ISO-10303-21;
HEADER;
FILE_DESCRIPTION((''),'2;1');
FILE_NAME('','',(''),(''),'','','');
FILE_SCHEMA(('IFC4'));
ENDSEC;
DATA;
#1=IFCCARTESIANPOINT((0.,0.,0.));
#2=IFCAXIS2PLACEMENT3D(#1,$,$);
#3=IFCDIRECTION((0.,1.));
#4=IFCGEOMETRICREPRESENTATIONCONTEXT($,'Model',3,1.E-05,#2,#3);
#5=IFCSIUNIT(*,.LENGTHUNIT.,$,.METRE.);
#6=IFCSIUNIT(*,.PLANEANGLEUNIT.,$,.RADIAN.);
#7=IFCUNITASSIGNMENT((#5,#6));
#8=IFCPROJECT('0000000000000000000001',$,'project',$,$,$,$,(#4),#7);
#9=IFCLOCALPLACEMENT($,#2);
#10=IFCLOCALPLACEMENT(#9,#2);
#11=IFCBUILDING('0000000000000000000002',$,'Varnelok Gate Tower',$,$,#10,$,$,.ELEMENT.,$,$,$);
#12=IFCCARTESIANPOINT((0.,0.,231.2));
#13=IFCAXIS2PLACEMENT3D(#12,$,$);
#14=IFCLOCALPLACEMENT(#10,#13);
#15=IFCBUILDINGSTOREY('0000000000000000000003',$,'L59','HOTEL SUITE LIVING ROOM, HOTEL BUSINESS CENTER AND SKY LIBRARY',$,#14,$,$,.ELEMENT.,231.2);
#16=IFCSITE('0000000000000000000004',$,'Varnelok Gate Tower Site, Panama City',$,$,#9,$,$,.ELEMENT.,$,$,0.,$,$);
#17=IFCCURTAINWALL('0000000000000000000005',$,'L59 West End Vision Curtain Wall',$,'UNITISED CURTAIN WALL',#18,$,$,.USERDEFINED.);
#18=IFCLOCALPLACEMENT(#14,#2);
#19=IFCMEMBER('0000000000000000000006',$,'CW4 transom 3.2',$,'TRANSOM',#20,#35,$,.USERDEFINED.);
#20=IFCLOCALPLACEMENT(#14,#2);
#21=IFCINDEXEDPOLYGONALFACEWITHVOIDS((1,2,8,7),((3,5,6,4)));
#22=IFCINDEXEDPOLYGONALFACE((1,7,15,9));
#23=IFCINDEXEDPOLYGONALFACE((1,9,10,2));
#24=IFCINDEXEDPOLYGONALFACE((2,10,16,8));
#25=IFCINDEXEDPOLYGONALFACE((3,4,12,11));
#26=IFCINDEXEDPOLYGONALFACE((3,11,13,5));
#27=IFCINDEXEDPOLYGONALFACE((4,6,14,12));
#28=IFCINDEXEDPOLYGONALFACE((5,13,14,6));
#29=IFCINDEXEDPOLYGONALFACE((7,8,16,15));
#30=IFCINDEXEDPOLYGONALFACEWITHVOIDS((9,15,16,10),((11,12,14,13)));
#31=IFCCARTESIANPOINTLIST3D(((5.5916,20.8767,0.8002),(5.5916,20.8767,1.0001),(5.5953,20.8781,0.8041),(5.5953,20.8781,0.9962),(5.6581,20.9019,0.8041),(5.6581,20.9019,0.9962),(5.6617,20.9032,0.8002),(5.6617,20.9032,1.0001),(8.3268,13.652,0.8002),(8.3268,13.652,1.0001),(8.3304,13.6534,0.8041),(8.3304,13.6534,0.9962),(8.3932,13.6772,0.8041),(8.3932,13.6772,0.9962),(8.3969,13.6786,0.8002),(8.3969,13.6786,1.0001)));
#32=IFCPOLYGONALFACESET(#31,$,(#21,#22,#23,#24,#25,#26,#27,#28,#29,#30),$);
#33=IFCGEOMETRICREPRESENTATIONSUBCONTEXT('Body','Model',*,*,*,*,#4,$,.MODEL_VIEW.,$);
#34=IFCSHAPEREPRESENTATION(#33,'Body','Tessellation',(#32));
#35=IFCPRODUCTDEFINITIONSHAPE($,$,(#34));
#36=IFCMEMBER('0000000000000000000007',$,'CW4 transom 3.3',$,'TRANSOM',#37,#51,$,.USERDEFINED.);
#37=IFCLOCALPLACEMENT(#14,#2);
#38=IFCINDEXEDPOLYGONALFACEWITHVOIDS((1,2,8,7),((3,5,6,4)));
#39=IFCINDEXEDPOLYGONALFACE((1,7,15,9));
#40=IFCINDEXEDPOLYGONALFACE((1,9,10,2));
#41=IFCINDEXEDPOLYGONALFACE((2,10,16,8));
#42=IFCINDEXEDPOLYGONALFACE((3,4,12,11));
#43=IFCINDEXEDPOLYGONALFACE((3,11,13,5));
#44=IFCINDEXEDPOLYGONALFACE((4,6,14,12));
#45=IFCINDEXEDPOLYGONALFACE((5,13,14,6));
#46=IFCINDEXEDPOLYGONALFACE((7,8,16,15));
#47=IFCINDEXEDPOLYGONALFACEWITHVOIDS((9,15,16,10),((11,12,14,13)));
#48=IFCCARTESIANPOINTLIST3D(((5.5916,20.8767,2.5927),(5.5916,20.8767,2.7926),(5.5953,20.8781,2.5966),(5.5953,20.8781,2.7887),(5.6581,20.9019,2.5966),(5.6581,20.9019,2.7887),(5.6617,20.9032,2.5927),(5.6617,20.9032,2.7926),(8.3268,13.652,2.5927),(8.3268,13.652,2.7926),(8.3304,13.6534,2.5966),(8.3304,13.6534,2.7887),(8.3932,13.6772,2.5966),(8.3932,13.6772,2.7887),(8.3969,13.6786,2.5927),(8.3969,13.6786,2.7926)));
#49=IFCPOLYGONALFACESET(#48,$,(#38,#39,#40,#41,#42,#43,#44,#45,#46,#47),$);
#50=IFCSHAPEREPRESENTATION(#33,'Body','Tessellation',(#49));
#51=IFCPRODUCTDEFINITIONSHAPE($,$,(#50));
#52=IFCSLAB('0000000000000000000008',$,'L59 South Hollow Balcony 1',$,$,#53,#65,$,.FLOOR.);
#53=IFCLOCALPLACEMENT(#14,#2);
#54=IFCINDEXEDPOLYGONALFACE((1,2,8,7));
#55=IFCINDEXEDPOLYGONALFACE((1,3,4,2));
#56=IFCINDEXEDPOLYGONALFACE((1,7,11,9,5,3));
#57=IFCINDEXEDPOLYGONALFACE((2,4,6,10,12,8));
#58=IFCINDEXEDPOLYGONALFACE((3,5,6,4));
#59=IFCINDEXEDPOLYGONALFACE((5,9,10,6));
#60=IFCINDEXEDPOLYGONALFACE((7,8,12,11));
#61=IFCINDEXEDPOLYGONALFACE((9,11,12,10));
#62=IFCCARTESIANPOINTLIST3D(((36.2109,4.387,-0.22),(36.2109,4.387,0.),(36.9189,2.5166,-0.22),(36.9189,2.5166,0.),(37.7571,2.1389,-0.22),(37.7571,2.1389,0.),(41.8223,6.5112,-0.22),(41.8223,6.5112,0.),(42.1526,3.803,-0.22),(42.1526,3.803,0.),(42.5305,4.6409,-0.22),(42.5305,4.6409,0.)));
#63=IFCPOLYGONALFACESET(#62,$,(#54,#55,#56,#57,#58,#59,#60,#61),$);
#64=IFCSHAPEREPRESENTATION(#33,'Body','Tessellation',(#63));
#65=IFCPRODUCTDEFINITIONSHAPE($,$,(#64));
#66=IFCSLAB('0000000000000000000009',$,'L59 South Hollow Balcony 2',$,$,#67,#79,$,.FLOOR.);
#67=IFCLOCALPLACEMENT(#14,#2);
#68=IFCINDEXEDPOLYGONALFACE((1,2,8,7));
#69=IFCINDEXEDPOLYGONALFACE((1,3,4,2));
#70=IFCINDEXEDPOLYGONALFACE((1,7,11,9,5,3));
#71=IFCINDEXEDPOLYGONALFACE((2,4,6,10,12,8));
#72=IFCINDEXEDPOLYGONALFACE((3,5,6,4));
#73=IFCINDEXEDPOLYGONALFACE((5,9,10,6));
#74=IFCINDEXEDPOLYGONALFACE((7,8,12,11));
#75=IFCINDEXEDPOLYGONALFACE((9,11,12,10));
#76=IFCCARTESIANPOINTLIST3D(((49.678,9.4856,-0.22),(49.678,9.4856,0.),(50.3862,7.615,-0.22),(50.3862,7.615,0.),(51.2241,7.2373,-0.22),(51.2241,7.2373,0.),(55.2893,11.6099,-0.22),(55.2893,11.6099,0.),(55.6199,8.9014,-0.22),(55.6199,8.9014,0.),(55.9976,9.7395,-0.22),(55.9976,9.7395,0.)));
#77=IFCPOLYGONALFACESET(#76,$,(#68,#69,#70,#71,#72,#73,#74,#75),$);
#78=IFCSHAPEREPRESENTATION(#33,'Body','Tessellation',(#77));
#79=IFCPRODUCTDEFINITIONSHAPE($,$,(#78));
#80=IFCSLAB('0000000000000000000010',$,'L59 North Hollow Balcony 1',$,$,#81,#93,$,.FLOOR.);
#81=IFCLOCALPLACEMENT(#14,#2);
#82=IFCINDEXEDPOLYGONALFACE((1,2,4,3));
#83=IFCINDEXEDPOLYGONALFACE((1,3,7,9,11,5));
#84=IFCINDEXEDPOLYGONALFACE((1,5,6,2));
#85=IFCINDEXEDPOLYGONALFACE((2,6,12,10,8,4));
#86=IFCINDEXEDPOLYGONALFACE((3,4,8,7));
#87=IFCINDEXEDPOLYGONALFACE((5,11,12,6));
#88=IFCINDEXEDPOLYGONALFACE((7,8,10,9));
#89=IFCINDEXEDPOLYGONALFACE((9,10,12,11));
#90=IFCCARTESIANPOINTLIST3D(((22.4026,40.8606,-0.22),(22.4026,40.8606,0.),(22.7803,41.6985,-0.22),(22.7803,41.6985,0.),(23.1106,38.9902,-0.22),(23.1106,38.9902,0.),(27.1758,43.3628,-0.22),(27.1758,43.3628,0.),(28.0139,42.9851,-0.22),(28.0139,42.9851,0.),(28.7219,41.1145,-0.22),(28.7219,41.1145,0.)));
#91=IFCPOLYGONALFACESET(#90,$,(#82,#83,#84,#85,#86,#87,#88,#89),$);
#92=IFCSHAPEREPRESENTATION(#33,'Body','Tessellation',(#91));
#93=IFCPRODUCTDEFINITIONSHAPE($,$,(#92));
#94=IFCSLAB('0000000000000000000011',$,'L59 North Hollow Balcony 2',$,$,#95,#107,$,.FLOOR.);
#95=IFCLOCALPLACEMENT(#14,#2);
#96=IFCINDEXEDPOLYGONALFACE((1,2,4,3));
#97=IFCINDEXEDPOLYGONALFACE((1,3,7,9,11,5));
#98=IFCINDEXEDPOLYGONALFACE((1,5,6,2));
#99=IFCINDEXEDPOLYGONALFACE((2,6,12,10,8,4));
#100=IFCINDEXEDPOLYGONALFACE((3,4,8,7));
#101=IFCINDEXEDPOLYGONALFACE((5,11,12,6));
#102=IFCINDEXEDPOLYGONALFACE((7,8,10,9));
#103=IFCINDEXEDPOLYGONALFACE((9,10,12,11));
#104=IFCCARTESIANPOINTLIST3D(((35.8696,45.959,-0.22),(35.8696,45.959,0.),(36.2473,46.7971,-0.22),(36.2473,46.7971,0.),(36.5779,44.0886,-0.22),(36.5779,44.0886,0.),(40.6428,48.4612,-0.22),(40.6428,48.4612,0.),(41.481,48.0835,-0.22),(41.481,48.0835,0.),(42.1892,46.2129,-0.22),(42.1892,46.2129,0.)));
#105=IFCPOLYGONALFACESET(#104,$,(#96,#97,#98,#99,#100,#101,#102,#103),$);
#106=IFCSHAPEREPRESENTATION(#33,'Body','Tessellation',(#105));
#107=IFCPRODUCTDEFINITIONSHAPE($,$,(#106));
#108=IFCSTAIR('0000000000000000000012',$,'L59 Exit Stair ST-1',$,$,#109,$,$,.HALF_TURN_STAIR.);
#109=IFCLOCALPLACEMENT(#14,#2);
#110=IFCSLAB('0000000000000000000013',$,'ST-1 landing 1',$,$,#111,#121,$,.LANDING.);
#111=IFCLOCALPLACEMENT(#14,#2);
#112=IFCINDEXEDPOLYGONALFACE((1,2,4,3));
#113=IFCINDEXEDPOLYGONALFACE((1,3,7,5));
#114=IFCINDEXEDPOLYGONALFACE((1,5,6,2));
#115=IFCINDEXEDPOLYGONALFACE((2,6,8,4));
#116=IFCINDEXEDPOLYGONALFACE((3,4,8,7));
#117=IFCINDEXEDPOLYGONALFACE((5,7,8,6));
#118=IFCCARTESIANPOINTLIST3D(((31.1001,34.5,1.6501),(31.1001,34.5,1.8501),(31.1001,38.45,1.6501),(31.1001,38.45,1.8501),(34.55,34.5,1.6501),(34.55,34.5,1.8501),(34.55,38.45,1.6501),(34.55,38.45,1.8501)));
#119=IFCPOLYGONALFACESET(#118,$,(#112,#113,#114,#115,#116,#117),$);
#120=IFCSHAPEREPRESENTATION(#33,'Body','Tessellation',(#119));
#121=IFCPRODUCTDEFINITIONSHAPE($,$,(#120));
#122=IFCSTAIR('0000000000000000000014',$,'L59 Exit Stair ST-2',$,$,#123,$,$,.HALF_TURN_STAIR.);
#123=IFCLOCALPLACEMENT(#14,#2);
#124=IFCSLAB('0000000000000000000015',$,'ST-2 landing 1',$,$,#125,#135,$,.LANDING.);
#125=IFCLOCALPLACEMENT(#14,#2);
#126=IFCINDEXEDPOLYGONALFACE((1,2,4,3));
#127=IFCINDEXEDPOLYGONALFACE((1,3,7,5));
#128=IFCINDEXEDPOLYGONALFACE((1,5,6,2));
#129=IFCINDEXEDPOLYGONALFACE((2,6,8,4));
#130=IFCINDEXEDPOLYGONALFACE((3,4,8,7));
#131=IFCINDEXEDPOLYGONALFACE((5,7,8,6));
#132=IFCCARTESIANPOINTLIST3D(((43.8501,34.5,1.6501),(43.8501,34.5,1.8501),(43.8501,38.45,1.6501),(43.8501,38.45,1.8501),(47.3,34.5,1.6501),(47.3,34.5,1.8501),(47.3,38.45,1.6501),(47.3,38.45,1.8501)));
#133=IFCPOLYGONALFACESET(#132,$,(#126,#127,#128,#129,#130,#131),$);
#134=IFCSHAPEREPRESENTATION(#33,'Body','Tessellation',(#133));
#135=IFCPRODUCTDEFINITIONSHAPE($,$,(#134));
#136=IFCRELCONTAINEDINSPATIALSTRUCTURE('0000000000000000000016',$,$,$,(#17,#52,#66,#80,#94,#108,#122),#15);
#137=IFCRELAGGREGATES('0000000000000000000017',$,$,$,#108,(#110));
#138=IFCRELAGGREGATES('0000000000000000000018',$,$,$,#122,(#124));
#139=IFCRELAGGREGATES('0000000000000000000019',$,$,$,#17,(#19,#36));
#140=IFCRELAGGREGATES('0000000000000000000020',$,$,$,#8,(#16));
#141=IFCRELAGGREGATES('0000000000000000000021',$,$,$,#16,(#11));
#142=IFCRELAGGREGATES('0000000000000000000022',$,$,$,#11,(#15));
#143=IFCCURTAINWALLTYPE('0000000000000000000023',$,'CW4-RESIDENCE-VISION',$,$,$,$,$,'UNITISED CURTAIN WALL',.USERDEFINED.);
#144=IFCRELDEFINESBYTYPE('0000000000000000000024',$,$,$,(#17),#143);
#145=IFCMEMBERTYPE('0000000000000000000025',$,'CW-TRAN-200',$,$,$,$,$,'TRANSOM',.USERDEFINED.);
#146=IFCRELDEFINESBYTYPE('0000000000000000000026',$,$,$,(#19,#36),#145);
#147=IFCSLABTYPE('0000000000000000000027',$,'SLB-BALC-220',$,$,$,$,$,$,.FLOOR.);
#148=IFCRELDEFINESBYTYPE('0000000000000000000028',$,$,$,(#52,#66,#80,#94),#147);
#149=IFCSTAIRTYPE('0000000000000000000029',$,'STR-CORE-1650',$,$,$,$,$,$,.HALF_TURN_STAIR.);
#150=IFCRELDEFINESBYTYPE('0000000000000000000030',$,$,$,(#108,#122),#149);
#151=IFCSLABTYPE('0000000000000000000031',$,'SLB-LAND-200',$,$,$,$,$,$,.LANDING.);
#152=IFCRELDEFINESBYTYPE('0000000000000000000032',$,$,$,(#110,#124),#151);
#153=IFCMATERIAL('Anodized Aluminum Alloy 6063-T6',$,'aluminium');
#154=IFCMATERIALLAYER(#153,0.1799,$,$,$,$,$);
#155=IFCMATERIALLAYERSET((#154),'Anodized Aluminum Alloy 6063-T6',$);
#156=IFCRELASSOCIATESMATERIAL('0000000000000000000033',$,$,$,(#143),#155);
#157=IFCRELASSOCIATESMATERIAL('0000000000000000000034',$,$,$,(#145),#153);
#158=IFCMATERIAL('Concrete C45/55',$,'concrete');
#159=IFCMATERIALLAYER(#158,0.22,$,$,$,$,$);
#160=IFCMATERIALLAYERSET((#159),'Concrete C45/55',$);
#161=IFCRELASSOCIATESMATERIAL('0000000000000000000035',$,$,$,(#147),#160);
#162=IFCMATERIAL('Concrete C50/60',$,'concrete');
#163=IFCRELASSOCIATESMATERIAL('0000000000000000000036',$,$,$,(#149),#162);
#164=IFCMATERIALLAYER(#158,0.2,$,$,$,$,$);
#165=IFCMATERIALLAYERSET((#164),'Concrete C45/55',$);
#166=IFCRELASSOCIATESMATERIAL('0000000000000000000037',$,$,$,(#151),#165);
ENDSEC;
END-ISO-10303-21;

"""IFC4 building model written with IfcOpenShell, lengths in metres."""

from ifc_helpers import new_model, si_unit, direction, frame, origin, origin_2d, place, context, subcontext, project, spatial, polyline, hollow_rectangle, outline, extrude, material, layer, layer_set, material_profile, profile_set, type_object, element, aggregate, save


model = new_model("IFC4")

# Units and contexts
model_context = context("Model", 3, precision=1e-05, world=origin(), true_north=direction((0.0, 1.0)))
body_context = subcontext(model_context, "Body", "Model", "MODEL_VIEW")
ifc_project = project(units=[si_unit("LENGTHUNIT", "METRE"), si_unit("PLANEANGLEUNIT", "RADIAN")], contexts=[model_context])

# Site, building, storey
site_placement = place(None, origin())
site = spatial("IfcSite", under=ifc_project, at=site_placement, Name="Varnelok Gate Tower Site, Panama City", CompositionType="ELEMENT", RefElevation=0.0)
building_placement = place(site_placement, origin())
building = spatial("IfcBuilding", under=site, at=building_placement, Name="Varnelok Gate Tower", CompositionType="ELEMENT")
storey_placement = place(building_placement, frame((0.0, 0.0, 231.2)))
storey = spatial("IfcBuildingStorey", under=building, at=storey_placement, Name="L59", Description="HOTEL SUITE LIVING ROOM, HOTEL BUSINESS CENTER AND SKY LIBRARY", CompositionType="ELEMENT", Elevation=231.2)

# Curtain wall, members
ifc_material_1 = material(Name="Anodized Aluminum Alloy 6063-T6", Category="aluminium")
ifc_layer_1 = layer(ifc_material_1, 0.1799)
ifc_layer_set_1 = layer_set([ifc_layer_1], Name="Anodized Aluminum Alloy 6063-T6")
curtain_wall_type = type_object("IfcCurtainWallType", Name="CW4-RESIDENCE-VISION", ElementType="UNITISED CURTAIN WALL", PredefinedType="USERDEFINED", material=ifc_layer_set_1)
curtain_wall_placement = place(storey_placement, origin())
curtain_wall = element("IfcCurtainWall", 1, at=curtain_wall_placement, inside=storey, type_object=curtain_wall_type, Name="L59 West End Vision Curtain Wall", ObjectType="UNITISED CURTAIN WALL", PredefinedType="USERDEFINED")
ifc_material_profile_1 = material_profile(ifc_material_1, hollow_rectangle(XDim=0.075, YDim=0.2, WallThickness=0.0039, at=origin_2d()), Name="ALU200X75X4")
ifc_profile_set_1 = profile_set([ifc_material_profile_1], Name="Anodized Aluminum Alloy 6063-T6")
member_type_1 = type_object("IfcMemberType", Name="CW-TRAN-200", ElementType="TRANSOM", PredefinedType="USERDEFINED", material=ifc_profile_set_1)
member_1_placement = place(storey_placement, frame((8.3618, 13.6653, 0.9001), z_axis=(-0.354059, 0.935223, 0.0), x_axis=(-0.935223, -0.354059, 0.0)))
member_1 = element("IfcMember", 2, at=member_1_placement, type_object=member_type_1, Name="CW4 transom 3.2", ObjectType="TRANSOM", PredefinedType="USERDEFINED", context=body_context, shape_type="SweptSolid", body=[
    extrude(hollow_rectangle(XDim=0.075, YDim=0.2, WallThickness=0.0039, at=origin_2d()), origin(), (0.0, 0.0, 1.0), 7.7251),
])
member_2_placement = place(storey_placement, frame((8.3618, 13.6653, 2.6926), z_axis=(-0.354059, 0.935223, 0.0), x_axis=(-0.935223, -0.354059, 0.0)))
member_2 = element("IfcMember", 3, at=member_2_placement, type_object=member_type_1, Name="CW4 transom 3.3", ObjectType="TRANSOM", PredefinedType="USERDEFINED", context=body_context, shape_type="SweptSolid", body=[
    extrude(hollow_rectangle(XDim=0.075, YDim=0.2, WallThickness=0.0039, at=origin_2d()), origin(), (0.0, 0.0, 1.0), 7.7251),
])

# Slabs
ifc_material_2 = material(Name="Concrete C45/55", Category="concrete")
ifc_layer_2 = layer(ifc_material_2, 0.22)
ifc_layer_set_2 = layer_set([ifc_layer_2], Name="Concrete C45/55")
slab_type_1 = type_object("IfcSlabType", Name="SLB-BALC-220", PredefinedType="FLOOR", material=ifc_layer_set_2)
slab_1_placement = place(storey_placement, frame((0.0, 0.0, -0.22)))
element("IfcSlab", 4, at=slab_1_placement, inside=storey, type_object=slab_type_1, Name="L59 South Hollow Balcony 1", PredefinedType="FLOOR", context=body_context, shape_type="SweptSolid", body=[
    extrude(outline(polyline([(36.9189, 2.5166), (37.7571, 2.1389), (42.1526, 3.803), (42.5305, 4.6409), (41.8223, 6.5112), (36.2109, 4.387), (36.9189, 2.5166)])), origin(), (0.0, 0.0, 1.0), 0.22),
])
slab_2_placement = place(storey_placement, frame((0.0, 0.0, -0.22)))
element("IfcSlab", 5, at=slab_2_placement, inside=storey, type_object=slab_type_1, Name="L59 South Hollow Balcony 2", PredefinedType="FLOOR", context=body_context, shape_type="SweptSolid", body=[
    extrude(outline(polyline([(50.3862, 7.615), (51.2241, 7.2373), (55.6199, 8.9014), (55.9976, 9.7395), (55.2893, 11.6099), (49.678, 9.4856), (50.3862, 7.615)])), origin(), (0.0, 0.0, 1.0), 0.22),
])
slab_3_placement = place(storey_placement, frame((0.0, 0.0, -0.22)))
element("IfcSlab", 6, at=slab_3_placement, inside=storey, type_object=slab_type_1, Name="L59 North Hollow Balcony 1", PredefinedType="FLOOR", context=body_context, shape_type="SweptSolid", body=[
    extrude(outline(polyline([(23.1106, 38.9902), (28.7219, 41.1145), (28.0139, 42.9851), (27.1758, 43.3628), (22.7803, 41.6985), (22.4026, 40.8606), (23.1106, 38.9902)])), origin(), (0.0, 0.0, 1.0), 0.22),
])
slab_4_placement = place(storey_placement, frame((0.0, 0.0, -0.22)))
element("IfcSlab", 7, at=slab_4_placement, inside=storey, type_object=slab_type_1, Name="L59 North Hollow Balcony 2", PredefinedType="FLOOR", context=body_context, shape_type="SweptSolid", body=[
    extrude(outline(polyline([(36.5779, 44.0886), (42.1892, 46.2129), (41.481, 48.0835), (40.6428, 48.4612), (36.2473, 46.7971), (35.8696, 45.959), (36.5779, 44.0886)])), origin(), (0.0, 0.0, 1.0), 0.22),
])

# Stairs, slabs
ifc_material_3 = material(Name="Concrete C50/60", Category="concrete")
stair_type = type_object("IfcStairType", Name="STR-CORE-1650", PredefinedType="HALF_TURN_STAIR", material=ifc_material_3)
stair_1_placement = place(storey_placement, origin())
stair_1 = element("IfcStair", 8, at=stair_1_placement, inside=storey, type_object=stair_type, Name="L59 Exit Stair ST-1", PredefinedType="HALF_TURN_STAIR")
ifc_layer_3 = layer(ifc_material_2, 0.2)
ifc_layer_set_3 = layer_set([ifc_layer_3], Name="Concrete C45/55")
slab_type_2 = type_object("IfcSlabType", Name="SLB-LAND-200", PredefinedType="LANDING", material=ifc_layer_set_3)
slab_5_placement = place(storey_placement, frame((0.0, 0.0, 1.6501)))
slab_5 = element("IfcSlab", 9, at=slab_5_placement, type_object=slab_type_2, Name="ST-1 landing 1", PredefinedType="LANDING", context=body_context, shape_type="SweptSolid", body=[
    extrude(outline(polyline([(34.55, 34.5), (34.55, 38.45), (31.1001, 38.45), (31.1001, 34.5), (34.55, 34.5)])), origin(), (0.0, 0.0, 1.0), 0.2),
])
aggregate(stair_1, [slab_5])
stair_2_placement = place(storey_placement, origin())
stair_2 = element("IfcStair", 10, at=stair_2_placement, inside=storey, type_object=stair_type, Name="L59 Exit Stair ST-2", PredefinedType="HALF_TURN_STAIR")
slab_6_placement = place(storey_placement, frame((0.0, 0.0, 1.6501)))
slab_6 = element("IfcSlab", 11, at=slab_6_placement, type_object=slab_type_2, Name="ST-2 landing 1", PredefinedType="LANDING", context=body_context, shape_type="SweptSolid", body=[
    extrude(outline(polyline([(47.3, 34.5), (47.3, 38.45), (43.8501, 38.45), (43.8501, 34.5), (47.3, 34.5)])), origin(), (0.0, 0.0, 1.0), 0.2),
])
aggregate(stair_2, [slab_6])

aggregate(curtain_wall, [member_1, member_2])

save(model, "model.ifc")
